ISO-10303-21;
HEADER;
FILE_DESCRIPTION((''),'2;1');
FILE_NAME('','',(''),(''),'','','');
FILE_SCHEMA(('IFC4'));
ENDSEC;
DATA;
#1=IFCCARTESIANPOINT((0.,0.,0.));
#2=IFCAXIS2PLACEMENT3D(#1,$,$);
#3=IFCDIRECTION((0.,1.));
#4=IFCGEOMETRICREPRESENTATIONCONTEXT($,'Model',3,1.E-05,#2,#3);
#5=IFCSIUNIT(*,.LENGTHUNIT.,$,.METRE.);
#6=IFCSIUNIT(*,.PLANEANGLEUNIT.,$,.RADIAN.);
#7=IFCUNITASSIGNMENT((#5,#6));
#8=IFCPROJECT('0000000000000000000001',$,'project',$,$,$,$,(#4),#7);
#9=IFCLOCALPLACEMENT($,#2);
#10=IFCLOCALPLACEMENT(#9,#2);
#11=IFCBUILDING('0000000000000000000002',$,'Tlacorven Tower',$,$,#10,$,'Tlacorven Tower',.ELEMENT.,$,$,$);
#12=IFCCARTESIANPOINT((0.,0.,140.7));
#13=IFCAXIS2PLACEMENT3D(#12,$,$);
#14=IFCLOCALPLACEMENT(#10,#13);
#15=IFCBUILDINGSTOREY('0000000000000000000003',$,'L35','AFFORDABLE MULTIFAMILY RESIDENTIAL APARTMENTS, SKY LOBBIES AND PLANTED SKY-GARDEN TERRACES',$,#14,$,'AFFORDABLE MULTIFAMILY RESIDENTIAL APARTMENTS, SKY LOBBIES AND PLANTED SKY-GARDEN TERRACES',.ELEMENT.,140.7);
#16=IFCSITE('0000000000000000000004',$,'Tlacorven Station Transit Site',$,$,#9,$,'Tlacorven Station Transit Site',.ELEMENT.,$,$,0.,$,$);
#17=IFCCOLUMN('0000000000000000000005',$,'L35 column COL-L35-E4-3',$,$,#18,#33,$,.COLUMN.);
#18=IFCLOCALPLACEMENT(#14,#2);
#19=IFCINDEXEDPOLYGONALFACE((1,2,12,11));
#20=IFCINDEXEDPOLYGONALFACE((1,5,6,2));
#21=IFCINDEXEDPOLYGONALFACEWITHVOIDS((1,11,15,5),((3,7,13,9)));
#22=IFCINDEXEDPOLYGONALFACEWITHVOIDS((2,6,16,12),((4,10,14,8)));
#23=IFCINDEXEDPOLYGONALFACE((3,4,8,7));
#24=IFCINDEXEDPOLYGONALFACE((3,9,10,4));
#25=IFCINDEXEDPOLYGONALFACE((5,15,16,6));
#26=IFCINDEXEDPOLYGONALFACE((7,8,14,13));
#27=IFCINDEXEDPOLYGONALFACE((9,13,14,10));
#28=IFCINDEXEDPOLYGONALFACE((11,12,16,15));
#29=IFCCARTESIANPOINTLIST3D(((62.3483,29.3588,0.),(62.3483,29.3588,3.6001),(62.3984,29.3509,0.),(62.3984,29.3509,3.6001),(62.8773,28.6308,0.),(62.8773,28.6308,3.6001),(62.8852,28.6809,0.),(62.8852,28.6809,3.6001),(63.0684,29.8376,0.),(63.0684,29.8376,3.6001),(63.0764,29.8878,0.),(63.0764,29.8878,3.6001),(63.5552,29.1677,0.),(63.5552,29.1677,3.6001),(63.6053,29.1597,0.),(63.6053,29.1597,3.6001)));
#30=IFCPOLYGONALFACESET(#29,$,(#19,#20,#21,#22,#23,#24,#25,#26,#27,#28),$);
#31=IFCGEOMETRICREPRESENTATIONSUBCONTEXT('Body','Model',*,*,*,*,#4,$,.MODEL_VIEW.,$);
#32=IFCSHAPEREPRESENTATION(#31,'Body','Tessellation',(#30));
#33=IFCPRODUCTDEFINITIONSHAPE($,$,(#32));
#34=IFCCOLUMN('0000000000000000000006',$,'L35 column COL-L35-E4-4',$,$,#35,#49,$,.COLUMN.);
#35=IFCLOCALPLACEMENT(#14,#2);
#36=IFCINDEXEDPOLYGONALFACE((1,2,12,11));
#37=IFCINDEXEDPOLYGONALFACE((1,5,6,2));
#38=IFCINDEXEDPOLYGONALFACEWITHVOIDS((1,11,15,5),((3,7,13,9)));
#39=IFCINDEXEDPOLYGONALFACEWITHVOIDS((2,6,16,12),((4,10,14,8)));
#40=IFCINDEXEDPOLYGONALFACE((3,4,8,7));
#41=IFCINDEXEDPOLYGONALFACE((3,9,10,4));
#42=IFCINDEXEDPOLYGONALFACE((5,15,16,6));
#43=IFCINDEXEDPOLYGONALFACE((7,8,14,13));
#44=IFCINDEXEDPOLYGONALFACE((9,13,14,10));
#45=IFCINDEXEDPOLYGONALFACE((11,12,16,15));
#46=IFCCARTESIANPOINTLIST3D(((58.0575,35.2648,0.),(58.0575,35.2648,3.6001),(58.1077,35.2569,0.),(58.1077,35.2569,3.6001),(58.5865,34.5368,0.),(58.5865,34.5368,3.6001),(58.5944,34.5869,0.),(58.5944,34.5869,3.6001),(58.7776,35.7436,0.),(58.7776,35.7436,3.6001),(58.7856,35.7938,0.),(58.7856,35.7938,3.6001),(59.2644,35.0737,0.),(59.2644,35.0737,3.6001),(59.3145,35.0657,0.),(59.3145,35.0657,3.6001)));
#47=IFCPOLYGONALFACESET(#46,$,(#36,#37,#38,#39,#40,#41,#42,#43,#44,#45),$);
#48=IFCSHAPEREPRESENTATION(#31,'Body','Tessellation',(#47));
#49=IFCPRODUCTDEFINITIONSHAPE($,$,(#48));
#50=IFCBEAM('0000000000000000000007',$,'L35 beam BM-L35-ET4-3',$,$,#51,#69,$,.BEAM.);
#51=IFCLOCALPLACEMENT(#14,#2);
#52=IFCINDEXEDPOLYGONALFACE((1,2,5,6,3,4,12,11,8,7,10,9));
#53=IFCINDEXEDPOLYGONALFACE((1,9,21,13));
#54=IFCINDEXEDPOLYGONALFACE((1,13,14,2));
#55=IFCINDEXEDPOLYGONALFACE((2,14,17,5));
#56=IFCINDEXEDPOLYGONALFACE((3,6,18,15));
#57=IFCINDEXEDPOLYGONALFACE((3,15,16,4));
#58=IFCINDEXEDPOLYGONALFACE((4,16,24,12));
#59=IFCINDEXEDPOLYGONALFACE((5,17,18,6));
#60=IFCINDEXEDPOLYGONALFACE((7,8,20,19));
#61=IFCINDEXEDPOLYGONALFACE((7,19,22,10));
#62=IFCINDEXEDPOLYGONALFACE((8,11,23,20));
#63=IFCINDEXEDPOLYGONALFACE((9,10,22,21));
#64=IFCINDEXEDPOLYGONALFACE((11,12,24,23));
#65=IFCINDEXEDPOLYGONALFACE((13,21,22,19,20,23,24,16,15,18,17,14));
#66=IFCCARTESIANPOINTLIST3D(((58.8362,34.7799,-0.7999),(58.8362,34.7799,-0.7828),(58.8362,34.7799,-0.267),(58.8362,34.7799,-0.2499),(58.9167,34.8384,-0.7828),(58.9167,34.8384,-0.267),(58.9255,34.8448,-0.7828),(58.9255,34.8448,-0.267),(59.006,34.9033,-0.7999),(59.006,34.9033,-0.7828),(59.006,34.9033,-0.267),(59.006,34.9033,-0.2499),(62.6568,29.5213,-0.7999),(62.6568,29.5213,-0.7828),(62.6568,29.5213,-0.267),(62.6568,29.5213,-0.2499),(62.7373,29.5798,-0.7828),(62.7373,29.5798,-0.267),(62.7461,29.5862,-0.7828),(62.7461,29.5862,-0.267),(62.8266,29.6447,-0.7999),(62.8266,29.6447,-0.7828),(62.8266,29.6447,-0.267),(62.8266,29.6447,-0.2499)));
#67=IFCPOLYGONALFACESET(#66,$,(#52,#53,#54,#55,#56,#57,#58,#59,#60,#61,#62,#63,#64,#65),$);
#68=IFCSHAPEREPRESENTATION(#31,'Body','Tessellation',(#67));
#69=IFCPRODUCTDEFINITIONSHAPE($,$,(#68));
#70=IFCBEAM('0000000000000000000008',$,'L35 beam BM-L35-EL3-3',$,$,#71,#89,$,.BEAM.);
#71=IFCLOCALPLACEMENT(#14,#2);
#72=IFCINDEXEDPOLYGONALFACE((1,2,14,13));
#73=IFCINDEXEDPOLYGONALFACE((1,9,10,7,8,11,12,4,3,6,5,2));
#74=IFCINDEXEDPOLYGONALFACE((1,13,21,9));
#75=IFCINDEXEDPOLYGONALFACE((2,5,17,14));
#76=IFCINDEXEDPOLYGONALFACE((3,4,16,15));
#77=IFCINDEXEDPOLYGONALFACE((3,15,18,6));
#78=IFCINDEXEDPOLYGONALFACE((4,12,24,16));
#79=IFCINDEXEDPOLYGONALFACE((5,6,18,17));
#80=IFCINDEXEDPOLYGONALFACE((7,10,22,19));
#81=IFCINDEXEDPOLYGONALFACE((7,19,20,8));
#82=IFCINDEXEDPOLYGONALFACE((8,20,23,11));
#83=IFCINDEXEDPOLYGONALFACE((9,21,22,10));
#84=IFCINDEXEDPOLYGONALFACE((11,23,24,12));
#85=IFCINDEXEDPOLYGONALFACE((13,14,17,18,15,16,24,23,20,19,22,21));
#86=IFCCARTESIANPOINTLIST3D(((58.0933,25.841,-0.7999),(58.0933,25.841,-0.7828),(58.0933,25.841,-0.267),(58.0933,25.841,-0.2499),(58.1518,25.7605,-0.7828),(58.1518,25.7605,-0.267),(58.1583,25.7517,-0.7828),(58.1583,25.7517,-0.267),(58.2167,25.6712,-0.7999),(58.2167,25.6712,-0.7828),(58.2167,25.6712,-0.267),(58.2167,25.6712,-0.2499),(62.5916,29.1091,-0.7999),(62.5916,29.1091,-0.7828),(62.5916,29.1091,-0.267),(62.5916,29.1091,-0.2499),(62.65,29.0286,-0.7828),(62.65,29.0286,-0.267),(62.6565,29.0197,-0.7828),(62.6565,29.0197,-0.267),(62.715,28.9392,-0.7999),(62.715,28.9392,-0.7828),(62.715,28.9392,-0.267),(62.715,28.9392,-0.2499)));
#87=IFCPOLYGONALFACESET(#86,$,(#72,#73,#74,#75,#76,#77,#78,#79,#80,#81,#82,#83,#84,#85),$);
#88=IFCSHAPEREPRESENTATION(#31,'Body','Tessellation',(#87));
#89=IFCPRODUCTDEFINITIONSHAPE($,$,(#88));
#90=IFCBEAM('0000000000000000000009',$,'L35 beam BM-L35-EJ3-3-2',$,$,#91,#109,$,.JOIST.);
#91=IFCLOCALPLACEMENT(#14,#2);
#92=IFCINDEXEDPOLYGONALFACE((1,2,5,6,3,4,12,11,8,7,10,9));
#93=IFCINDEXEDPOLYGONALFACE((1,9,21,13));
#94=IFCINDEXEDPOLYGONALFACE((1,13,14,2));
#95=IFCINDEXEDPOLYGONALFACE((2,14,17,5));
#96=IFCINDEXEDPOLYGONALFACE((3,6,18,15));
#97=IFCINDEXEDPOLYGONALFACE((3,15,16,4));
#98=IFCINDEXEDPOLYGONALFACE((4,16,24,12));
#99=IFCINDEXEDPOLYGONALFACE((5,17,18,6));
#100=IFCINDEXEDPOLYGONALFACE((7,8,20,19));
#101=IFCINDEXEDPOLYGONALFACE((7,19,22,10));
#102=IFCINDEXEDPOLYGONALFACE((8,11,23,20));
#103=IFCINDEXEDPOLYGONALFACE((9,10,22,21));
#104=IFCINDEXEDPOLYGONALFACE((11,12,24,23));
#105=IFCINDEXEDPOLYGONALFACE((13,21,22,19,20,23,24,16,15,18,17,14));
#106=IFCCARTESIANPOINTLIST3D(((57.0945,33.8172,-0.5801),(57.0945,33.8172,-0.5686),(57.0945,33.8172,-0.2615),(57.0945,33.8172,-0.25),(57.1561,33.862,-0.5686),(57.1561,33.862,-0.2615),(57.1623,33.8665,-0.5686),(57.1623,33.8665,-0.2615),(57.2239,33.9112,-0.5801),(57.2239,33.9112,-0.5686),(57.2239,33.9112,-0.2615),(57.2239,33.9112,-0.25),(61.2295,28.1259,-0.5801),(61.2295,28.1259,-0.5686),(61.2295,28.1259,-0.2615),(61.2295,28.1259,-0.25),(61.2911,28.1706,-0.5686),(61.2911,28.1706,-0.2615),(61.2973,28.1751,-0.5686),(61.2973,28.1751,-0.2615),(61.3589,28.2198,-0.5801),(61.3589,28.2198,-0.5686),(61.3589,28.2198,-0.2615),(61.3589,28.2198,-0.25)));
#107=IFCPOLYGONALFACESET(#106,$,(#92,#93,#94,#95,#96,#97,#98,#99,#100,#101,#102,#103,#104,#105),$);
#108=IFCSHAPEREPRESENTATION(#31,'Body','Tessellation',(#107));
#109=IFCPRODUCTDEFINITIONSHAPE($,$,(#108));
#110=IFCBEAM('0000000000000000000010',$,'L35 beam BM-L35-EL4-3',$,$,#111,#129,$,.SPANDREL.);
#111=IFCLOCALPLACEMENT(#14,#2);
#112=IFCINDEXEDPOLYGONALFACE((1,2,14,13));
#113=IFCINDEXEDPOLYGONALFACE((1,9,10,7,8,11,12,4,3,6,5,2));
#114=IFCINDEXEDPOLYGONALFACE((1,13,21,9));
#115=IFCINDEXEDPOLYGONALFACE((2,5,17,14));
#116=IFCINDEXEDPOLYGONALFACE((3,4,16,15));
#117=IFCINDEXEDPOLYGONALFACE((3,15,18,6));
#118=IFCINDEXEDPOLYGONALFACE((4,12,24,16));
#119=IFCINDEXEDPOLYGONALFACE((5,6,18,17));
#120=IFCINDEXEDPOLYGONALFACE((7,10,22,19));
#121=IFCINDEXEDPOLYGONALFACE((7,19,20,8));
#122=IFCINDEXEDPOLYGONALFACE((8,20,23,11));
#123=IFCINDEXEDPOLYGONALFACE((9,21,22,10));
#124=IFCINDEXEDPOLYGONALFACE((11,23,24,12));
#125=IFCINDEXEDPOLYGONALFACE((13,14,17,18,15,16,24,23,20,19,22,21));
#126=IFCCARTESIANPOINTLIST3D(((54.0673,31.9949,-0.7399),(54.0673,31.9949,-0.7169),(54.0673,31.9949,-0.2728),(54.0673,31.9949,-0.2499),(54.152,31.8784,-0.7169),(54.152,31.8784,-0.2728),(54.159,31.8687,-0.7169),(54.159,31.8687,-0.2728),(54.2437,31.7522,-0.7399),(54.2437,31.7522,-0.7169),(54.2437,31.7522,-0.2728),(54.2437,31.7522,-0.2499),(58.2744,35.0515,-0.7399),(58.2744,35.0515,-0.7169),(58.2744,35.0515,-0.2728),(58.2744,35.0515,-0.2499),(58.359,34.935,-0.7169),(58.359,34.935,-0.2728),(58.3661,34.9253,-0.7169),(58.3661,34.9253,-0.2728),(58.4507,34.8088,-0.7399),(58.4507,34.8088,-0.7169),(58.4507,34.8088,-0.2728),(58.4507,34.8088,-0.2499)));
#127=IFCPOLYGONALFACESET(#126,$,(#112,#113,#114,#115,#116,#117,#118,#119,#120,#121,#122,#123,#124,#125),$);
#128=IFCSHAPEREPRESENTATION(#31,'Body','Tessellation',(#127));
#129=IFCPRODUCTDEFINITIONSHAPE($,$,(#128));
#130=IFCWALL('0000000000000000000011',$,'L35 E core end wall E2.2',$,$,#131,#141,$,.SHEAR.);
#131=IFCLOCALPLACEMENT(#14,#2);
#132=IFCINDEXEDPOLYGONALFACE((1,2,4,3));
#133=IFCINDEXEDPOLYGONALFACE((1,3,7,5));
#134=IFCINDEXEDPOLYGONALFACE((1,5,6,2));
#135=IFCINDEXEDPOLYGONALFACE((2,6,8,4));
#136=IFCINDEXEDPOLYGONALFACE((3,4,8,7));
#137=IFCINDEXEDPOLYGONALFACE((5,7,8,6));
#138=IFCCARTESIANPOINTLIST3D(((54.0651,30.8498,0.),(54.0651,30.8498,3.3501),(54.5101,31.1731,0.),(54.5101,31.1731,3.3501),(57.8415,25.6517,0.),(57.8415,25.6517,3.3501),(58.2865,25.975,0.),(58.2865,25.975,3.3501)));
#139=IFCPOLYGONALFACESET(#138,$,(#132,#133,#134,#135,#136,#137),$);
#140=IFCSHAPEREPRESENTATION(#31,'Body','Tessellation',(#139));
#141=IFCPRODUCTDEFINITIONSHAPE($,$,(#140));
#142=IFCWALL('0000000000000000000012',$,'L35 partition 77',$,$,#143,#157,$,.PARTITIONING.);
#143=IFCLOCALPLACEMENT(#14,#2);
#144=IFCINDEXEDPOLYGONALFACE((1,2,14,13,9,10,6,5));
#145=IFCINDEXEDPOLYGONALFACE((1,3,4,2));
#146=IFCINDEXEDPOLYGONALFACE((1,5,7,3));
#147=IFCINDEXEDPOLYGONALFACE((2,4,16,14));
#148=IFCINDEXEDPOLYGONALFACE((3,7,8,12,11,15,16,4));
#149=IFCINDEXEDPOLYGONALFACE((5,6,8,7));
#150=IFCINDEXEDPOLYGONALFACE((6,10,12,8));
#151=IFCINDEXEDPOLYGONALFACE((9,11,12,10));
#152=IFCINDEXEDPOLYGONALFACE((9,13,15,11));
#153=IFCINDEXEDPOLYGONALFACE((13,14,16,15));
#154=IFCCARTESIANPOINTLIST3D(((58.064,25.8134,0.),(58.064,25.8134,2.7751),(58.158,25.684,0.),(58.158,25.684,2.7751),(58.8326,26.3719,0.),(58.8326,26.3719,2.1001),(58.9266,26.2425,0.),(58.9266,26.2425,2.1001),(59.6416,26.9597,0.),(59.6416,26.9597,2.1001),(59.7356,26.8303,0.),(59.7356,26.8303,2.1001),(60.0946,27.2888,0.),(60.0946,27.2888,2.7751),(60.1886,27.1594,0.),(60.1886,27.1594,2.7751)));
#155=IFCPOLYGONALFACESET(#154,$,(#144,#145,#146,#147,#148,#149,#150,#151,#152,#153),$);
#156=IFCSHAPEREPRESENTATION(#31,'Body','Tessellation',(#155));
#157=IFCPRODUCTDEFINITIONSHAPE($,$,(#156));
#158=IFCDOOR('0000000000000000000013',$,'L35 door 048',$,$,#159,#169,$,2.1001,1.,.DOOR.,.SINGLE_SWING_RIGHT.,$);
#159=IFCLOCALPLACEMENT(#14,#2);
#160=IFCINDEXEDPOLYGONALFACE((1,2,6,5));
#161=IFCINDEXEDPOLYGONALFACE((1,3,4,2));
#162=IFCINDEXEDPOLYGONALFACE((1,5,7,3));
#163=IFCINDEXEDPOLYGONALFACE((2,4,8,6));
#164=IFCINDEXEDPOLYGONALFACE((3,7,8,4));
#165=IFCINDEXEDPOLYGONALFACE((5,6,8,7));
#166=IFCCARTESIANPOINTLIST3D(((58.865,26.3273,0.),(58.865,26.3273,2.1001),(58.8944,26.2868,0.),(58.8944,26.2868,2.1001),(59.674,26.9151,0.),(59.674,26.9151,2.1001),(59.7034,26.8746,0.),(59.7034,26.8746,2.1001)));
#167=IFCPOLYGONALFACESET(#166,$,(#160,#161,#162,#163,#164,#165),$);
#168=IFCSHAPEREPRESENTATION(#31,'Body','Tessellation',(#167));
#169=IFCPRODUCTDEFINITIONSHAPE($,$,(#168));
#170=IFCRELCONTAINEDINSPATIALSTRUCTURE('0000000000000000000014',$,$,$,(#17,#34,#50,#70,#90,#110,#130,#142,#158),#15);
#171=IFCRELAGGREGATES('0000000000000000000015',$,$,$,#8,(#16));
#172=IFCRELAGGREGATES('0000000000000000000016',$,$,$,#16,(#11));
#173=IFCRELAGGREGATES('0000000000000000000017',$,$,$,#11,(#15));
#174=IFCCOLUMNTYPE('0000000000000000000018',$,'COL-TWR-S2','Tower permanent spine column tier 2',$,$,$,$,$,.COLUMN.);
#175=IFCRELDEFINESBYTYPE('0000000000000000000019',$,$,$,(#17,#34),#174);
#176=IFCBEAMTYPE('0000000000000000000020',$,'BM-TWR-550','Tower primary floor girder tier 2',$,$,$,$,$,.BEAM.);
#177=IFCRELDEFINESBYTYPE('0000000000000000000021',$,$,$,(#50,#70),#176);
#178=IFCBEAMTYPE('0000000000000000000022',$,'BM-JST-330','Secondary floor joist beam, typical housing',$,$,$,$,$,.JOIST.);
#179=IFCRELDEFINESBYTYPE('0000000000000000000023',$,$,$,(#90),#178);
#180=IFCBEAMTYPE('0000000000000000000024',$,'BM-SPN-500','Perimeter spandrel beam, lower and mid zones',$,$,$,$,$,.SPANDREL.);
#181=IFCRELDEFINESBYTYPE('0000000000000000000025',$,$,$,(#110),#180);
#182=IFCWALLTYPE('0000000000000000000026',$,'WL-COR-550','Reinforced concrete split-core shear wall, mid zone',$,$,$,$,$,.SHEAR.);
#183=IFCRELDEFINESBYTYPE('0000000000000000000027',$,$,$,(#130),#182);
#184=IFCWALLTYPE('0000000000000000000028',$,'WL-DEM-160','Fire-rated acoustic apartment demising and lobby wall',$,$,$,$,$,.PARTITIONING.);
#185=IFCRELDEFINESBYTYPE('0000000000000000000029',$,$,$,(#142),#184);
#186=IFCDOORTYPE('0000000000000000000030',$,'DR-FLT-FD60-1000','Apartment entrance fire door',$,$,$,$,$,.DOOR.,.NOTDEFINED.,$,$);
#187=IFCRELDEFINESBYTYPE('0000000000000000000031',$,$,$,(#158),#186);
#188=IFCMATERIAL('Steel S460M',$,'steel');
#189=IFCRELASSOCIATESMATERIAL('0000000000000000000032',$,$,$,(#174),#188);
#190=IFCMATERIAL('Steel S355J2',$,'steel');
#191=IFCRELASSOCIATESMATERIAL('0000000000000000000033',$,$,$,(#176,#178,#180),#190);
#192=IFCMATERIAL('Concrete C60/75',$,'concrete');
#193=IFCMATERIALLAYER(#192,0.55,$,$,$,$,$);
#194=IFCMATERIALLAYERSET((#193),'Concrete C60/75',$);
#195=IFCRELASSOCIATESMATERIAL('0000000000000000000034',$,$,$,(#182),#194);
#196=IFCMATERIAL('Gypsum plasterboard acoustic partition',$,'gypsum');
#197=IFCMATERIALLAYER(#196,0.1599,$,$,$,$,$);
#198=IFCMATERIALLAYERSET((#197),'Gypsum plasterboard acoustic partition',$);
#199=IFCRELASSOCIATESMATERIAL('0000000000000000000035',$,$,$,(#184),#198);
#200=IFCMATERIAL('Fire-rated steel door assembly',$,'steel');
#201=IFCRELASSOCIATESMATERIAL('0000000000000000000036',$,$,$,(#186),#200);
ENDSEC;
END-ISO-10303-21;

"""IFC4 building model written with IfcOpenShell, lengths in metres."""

from ifc_helpers import new_model, si_unit, direction, frame, frame_2d, origin, origin_2d, place, context, subcontext, project, spatial, rectangle, hollow_rectangle, i_section, extrude, source, transform, mapped, material, layer, layer_set, material_profile, profile_set, type_object, element, fill, save


model = new_model("IFC4")

# Units and contexts
model_context = context("Model", 3, precision=1e-05, world=origin(), true_north=direction((0.0, 1.0)))
body_context = subcontext(model_context, "Body", "Model", "MODEL_VIEW")
ifc_project = project(units=[si_unit("LENGTHUNIT", "METRE"), si_unit("PLANEANGLEUNIT", "RADIAN")], contexts=[model_context])

# Site, building, storey
site_placement = place(None, origin())
site = spatial("IfcSite", under=ifc_project, at=site_placement, Name="Tlacorven Station Transit Site", LongName="Tlacorven Station Transit Site", CompositionType="ELEMENT", RefElevation=0.0)
building_placement = place(site_placement, origin())
building = spatial("IfcBuilding", under=site, at=building_placement, Name="Tlacorven Tower", LongName="Tlacorven Tower", CompositionType="ELEMENT")
storey_placement = place(building_placement, frame((0.0, 0.0, 140.7)))
storey = spatial("IfcBuildingStorey", under=building, at=storey_placement, Name="L35", Description="AFFORDABLE MULTIFAMILY RESIDENTIAL APARTMENTS, SKY LOBBIES AND PLANTED SKY-GARDEN TERRACES", LongName="AFFORDABLE MULTIFAMILY RESIDENTIAL APARTMENTS, SKY LOBBIES AND PLANTED SKY-GARDEN TERRACES", CompositionType="ELEMENT", Elevation=140.7)

# Columns
ifc_material_1 = material(Name="Steel S460M", Category="steel")
ifc_material_profile_1 = material_profile(ifc_material_1, hollow_rectangle(XDim=0.8999, YDim=0.8999, WallThickness=0.0359, at=origin_2d()), Name="BOX 900X900X36")
ifc_profile_set_1 = profile_set([ifc_material_profile_1], Name="Steel S460M")
column_type = type_object("IfcColumnType", Name="COL-TWR-S2", Description="Tower permanent spine column tier 2", PredefinedType="COLUMN", material=ifc_profile_set_1)
shared_shape_1 = source(origin(), body_context, "Body", "SweptSolid", [
    extrude(hollow_rectangle(XDim=0.8999, YDim=0.8999, WallThickness=0.0359, at=origin_2d()), origin(), (0.0, 0.0, 1.0), 3.6001),
])
for number, where, z_axis, x_axis, name in (
    (1, (62.9768, 29.2593, 0.0), (0.0, 0.0, 1.0), (0.809017, 0.587785, 0.0), "L35 column COL-L35-E4-3"),
    (2, (58.686, 35.1653, 0.0), (0.0, 0.0, 1.0), (0.809017, 0.587785, 0.0), "L35 column COL-L35-E4-4"),
):
    element("IfcColumn", number, at=place(storey_placement, frame(where, z_axis=z_axis, x_axis=x_axis)), inside=storey, type_object=column_type, Name=name, PredefinedType="COLUMN", context=body_context, shape_type="MappedRepresentation", body=[
        mapped(shared_shape_1, transform((0.0, 0.0, 0.0), scale=1.0)),
    ])

# Beams
ifc_material_2 = material(Name="Steel S355J2", Category="steel")
ifc_material_profile_2 = material_profile(ifc_material_2, i_section(OverallWidth=0.21, OverallDepth=0.55, WebThickness=0.011, FlangeThickness=0.0171, at=origin_2d()), Name="IPE 550")
ifc_profile_set_2 = profile_set([ifc_material_profile_2], Name="Steel S355J2")
beam_type_1 = type_object("IfcBeamType", Name="BM-TWR-550", Description="Tower primary floor girder tier 2", PredefinedType="BEAM", material=ifc_profile_set_2)
shared_shape_2 = source(origin(), body_context, "Body", "SweptSolid", [
    extrude(i_section(OverallWidth=0.21, OverallDepth=0.55, WebThickness=0.011, FlangeThickness=0.0171, at=origin_2d()), origin(), (0.0, 0.0, 1.0), 6.5),
])
beam_1_placement = place(storey_placement, frame((62.7417, 29.583, -0.5249), z_axis=(-0.587785, 0.809017, 0.0), x_axis=(-0.809017, -0.587785, 0.0)))
element("IfcBeam", 3, at=beam_1_placement, inside=storey, type_object=beam_type_1, Name="L35 beam BM-L35-ET4-3", PredefinedType="BEAM", context=body_context, shape_type="MappedRepresentation", body=[
    mapped(shared_shape_2, transform((0.0, 0.0, 0.0), scale=1.0)),
])
shared_shape_3 = source(origin(), body_context, "Body", "SweptSolid", [
    extrude(i_section(OverallWidth=0.21, OverallDepth=0.55, WebThickness=0.011, FlangeThickness=0.0171, at=origin_2d()), origin(), (0.0, 0.0, 1.0), 5.5601),
])
beam_2_placement = place(storey_placement, frame((58.155, 25.7561, -0.5249), z_axis=(0.809028, 0.58777, 0.0), x_axis=(-0.58777, 0.809028, 0.0)))
element("IfcBeam", 4, at=beam_2_placement, inside=storey, type_object=beam_type_1, Name="L35 beam BM-L35-EL3-3", PredefinedType="BEAM", context=body_context, shape_type="MappedRepresentation", body=[
    mapped(shared_shape_3, transform((0.0, 0.0, 0.0), scale=1.0)),
])
ifc_material_profile_3 = material_profile(ifc_material_2, i_section(OverallWidth=0.1599, OverallDepth=0.3301, WebThickness=0.0076, FlangeThickness=0.0115, at=origin_2d()), Name="IPE 330")
ifc_profile_set_3 = profile_set([ifc_material_profile_3], Name="Steel S355J2")
beam_type_2 = type_object("IfcBeamType", Name="BM-JST-330", Description="Secondary floor joist beam, typical housing", PredefinedType="JOIST", material=ifc_profile_set_3)
shared_shape_4 = source(origin(), body_context, "Body", "SweptSolid", [
    extrude(i_section(OverallWidth=0.1599, OverallDepth=0.3301, WebThickness=0.0076, FlangeThickness=0.0115, at=origin_2d()), origin(), (0.0, 0.0, 1.0), 7.0349),
])
beam_3_placement = place(storey_placement, frame((61.2942, 28.1729, -0.415), z_axis=(-0.587782, 0.80902, 0.0), x_axis=(-0.80902, -0.587782, 0.0)))
element("IfcBeam", 5, at=beam_3_placement, inside=storey, type_object=beam_type_2, Name="L35 beam BM-L35-EJ3-3-2", PredefinedType="JOIST", context=body_context, shape_type="MappedRepresentation", body=[
    mapped(shared_shape_4, transform((0.0, 0.0, 0.0), scale=1.0)),
])
ifc_material_profile_4 = material_profile(ifc_material_2, i_section(OverallWidth=0.3, OverallDepth=0.49, WebThickness=0.012, FlangeThickness=0.0229, at=origin_2d()), Name="HEA 500")
ifc_profile_set_4 = profile_set([ifc_material_profile_4], Name="Steel S355J2")
beam_type_3 = type_object("IfcBeamType", Name="BM-SPN-500", Description="Perimeter spandrel beam, lower and mid zones", PredefinedType="SPANDREL", material=ifc_profile_set_4)
shared_shape_5 = source(origin(), body_context, "Body", "SweptSolid", [
    extrude(i_section(OverallWidth=0.3, OverallDepth=0.49, WebThickness=0.012, FlangeThickness=0.0229, at=origin_2d()), origin(), (0.0, 0.0, 1.0), 5.2002),
])
beam_4_placement = place(storey_placement, frame((54.1555, 31.8735, -0.4949), z_axis=(0.809012, 0.587792, 0.0), x_axis=(-0.587792, 0.809012, 0.0)))
element("IfcBeam", 6, at=beam_4_placement, inside=storey, type_object=beam_type_3, Name="L35 beam BM-L35-EL4-3", PredefinedType="SPANDREL", context=body_context, shape_type="MappedRepresentation", body=[
    mapped(shared_shape_5, transform((0.0, 0.0, 0.0), scale=1.0)),
])

# Wall
ifc_material_3 = material(Name="Concrete C60/75", Category="concrete")
ifc_layer_1 = layer(ifc_material_3, 0.55)
ifc_layer_set_1 = layer_set([ifc_layer_1], Name="Concrete C60/75")
wall_type_1 = type_object("IfcWallType", Name="WL-COR-550", Description="Reinforced concrete split-core shear wall, mid zone", PredefinedType="SHEAR", material=ifc_layer_set_1)
wall_1_placement = place(storey_placement, frame((58.064, 25.8135, 0.0), z_axis=(0.0, 0.0, 1.0), x_axis=(-0.587765, 0.809032, 0.0)))
element("IfcWall", 7, at=wall_1_placement, inside=storey, type_object=wall_type_1, Name="L35 E core end wall E2.2", PredefinedType="SHEAR", context=body_context, shape_type="SweptSolid", body=[
    extrude(rectangle(XDim=6.425, YDim=0.55, at=frame_2d((3.2124, 0.0))), origin(), (0.0, 0.0, 1.0), 3.3501),
])

# Wall, opening, door
ifc_material_4 = material(Name="Gypsum plasterboard acoustic partition", Category="gypsum")
ifc_layer_2 = layer(ifc_material_4, 0.1599)
ifc_layer_set_2 = layer_set([ifc_layer_2], Name="Gypsum plasterboard acoustic partition")
wall_type_2 = type_object("IfcWallType", Name="WL-DEM-160", Description="Fire-rated acoustic apartment demising and lobby wall", PredefinedType="PARTITIONING", material=ifc_layer_set_2)
wall_2_placement = place(storey_placement, frame((58.1111, 25.7488, 0.0), z_axis=(0.0, 0.0, 1.0), x_axis=(0.809001, 0.587807, 0.0)))
wall_2 = element("IfcWall", 8, at=wall_2_placement, inside=storey, type_object=wall_type_2, Name="L35 partition 77", PredefinedType="PARTITIONING", context=body_context, shape_type="SweptSolid", body=[
    extrude(rectangle(XDim=2.51, YDim=0.1599, at=frame_2d((1.2549, 0.0))), origin(), (0.0, 0.0, 1.0), 2.7751),
])
opening_1_placement = place(wall_2_placement, frame((0.95, 0.0, 0.0)))
opening_1 = element("IfcOpeningElement", 9, at=opening_1_placement, cuts=wall_2, PredefinedType="OPENING", context=body_context, shape_type="SweptSolid", body=[
    extrude(rectangle(XDim=1.0, YDim=2.1001, at=frame_2d((0.5, 1.05))), frame((0.0, 0.0898, 0.0), z_axis=(0.0, -1.0, 0.0), x_axis=(1.0, 0.0, 0.0)), (0.0, 0.0, 1.0), 0.1799),
])
ifc_material_5 = material(Name="Fire-rated steel door assembly", Category="steel")
door_type = type_object("IfcDoorType", Name="DR-FLT-FD60-1000", Description="Apartment entrance fire door", OperationType="NOTDEFINED", PredefinedType="DOOR", material=ifc_material_5)
shared_shape_6 = source(origin(), body_context, "Body", "SweptSolid", [
    extrude(rectangle(XDim=1.0, YDim=2.1001, at=frame_2d((0.5, 1.05))), frame((0.0, 0.0249, 0.0), z_axis=(0.0, -1.0, 0.0), x_axis=(1.0, 0.0, 0.0)), (0.0, 0.0, 1.0), 0.05),
])
door_1_placement = place(opening_1_placement, origin())
door_1 = element("IfcDoor", 10, at=door_1_placement, inside=storey, type_object=door_type, Name="L35 door 048", OperationType="SINGLE_SWING_RIGHT", OverallHeight=2.1001, OverallWidth=1.0, PredefinedType="DOOR", context=body_context, shape_type="MappedRepresentation", body=[
    mapped(shared_shape_6, transform((0.0, 0.0, 0.0), scale=1.0)),
])
fill(opening_1, door_1)

save(model, "model.ifc")
